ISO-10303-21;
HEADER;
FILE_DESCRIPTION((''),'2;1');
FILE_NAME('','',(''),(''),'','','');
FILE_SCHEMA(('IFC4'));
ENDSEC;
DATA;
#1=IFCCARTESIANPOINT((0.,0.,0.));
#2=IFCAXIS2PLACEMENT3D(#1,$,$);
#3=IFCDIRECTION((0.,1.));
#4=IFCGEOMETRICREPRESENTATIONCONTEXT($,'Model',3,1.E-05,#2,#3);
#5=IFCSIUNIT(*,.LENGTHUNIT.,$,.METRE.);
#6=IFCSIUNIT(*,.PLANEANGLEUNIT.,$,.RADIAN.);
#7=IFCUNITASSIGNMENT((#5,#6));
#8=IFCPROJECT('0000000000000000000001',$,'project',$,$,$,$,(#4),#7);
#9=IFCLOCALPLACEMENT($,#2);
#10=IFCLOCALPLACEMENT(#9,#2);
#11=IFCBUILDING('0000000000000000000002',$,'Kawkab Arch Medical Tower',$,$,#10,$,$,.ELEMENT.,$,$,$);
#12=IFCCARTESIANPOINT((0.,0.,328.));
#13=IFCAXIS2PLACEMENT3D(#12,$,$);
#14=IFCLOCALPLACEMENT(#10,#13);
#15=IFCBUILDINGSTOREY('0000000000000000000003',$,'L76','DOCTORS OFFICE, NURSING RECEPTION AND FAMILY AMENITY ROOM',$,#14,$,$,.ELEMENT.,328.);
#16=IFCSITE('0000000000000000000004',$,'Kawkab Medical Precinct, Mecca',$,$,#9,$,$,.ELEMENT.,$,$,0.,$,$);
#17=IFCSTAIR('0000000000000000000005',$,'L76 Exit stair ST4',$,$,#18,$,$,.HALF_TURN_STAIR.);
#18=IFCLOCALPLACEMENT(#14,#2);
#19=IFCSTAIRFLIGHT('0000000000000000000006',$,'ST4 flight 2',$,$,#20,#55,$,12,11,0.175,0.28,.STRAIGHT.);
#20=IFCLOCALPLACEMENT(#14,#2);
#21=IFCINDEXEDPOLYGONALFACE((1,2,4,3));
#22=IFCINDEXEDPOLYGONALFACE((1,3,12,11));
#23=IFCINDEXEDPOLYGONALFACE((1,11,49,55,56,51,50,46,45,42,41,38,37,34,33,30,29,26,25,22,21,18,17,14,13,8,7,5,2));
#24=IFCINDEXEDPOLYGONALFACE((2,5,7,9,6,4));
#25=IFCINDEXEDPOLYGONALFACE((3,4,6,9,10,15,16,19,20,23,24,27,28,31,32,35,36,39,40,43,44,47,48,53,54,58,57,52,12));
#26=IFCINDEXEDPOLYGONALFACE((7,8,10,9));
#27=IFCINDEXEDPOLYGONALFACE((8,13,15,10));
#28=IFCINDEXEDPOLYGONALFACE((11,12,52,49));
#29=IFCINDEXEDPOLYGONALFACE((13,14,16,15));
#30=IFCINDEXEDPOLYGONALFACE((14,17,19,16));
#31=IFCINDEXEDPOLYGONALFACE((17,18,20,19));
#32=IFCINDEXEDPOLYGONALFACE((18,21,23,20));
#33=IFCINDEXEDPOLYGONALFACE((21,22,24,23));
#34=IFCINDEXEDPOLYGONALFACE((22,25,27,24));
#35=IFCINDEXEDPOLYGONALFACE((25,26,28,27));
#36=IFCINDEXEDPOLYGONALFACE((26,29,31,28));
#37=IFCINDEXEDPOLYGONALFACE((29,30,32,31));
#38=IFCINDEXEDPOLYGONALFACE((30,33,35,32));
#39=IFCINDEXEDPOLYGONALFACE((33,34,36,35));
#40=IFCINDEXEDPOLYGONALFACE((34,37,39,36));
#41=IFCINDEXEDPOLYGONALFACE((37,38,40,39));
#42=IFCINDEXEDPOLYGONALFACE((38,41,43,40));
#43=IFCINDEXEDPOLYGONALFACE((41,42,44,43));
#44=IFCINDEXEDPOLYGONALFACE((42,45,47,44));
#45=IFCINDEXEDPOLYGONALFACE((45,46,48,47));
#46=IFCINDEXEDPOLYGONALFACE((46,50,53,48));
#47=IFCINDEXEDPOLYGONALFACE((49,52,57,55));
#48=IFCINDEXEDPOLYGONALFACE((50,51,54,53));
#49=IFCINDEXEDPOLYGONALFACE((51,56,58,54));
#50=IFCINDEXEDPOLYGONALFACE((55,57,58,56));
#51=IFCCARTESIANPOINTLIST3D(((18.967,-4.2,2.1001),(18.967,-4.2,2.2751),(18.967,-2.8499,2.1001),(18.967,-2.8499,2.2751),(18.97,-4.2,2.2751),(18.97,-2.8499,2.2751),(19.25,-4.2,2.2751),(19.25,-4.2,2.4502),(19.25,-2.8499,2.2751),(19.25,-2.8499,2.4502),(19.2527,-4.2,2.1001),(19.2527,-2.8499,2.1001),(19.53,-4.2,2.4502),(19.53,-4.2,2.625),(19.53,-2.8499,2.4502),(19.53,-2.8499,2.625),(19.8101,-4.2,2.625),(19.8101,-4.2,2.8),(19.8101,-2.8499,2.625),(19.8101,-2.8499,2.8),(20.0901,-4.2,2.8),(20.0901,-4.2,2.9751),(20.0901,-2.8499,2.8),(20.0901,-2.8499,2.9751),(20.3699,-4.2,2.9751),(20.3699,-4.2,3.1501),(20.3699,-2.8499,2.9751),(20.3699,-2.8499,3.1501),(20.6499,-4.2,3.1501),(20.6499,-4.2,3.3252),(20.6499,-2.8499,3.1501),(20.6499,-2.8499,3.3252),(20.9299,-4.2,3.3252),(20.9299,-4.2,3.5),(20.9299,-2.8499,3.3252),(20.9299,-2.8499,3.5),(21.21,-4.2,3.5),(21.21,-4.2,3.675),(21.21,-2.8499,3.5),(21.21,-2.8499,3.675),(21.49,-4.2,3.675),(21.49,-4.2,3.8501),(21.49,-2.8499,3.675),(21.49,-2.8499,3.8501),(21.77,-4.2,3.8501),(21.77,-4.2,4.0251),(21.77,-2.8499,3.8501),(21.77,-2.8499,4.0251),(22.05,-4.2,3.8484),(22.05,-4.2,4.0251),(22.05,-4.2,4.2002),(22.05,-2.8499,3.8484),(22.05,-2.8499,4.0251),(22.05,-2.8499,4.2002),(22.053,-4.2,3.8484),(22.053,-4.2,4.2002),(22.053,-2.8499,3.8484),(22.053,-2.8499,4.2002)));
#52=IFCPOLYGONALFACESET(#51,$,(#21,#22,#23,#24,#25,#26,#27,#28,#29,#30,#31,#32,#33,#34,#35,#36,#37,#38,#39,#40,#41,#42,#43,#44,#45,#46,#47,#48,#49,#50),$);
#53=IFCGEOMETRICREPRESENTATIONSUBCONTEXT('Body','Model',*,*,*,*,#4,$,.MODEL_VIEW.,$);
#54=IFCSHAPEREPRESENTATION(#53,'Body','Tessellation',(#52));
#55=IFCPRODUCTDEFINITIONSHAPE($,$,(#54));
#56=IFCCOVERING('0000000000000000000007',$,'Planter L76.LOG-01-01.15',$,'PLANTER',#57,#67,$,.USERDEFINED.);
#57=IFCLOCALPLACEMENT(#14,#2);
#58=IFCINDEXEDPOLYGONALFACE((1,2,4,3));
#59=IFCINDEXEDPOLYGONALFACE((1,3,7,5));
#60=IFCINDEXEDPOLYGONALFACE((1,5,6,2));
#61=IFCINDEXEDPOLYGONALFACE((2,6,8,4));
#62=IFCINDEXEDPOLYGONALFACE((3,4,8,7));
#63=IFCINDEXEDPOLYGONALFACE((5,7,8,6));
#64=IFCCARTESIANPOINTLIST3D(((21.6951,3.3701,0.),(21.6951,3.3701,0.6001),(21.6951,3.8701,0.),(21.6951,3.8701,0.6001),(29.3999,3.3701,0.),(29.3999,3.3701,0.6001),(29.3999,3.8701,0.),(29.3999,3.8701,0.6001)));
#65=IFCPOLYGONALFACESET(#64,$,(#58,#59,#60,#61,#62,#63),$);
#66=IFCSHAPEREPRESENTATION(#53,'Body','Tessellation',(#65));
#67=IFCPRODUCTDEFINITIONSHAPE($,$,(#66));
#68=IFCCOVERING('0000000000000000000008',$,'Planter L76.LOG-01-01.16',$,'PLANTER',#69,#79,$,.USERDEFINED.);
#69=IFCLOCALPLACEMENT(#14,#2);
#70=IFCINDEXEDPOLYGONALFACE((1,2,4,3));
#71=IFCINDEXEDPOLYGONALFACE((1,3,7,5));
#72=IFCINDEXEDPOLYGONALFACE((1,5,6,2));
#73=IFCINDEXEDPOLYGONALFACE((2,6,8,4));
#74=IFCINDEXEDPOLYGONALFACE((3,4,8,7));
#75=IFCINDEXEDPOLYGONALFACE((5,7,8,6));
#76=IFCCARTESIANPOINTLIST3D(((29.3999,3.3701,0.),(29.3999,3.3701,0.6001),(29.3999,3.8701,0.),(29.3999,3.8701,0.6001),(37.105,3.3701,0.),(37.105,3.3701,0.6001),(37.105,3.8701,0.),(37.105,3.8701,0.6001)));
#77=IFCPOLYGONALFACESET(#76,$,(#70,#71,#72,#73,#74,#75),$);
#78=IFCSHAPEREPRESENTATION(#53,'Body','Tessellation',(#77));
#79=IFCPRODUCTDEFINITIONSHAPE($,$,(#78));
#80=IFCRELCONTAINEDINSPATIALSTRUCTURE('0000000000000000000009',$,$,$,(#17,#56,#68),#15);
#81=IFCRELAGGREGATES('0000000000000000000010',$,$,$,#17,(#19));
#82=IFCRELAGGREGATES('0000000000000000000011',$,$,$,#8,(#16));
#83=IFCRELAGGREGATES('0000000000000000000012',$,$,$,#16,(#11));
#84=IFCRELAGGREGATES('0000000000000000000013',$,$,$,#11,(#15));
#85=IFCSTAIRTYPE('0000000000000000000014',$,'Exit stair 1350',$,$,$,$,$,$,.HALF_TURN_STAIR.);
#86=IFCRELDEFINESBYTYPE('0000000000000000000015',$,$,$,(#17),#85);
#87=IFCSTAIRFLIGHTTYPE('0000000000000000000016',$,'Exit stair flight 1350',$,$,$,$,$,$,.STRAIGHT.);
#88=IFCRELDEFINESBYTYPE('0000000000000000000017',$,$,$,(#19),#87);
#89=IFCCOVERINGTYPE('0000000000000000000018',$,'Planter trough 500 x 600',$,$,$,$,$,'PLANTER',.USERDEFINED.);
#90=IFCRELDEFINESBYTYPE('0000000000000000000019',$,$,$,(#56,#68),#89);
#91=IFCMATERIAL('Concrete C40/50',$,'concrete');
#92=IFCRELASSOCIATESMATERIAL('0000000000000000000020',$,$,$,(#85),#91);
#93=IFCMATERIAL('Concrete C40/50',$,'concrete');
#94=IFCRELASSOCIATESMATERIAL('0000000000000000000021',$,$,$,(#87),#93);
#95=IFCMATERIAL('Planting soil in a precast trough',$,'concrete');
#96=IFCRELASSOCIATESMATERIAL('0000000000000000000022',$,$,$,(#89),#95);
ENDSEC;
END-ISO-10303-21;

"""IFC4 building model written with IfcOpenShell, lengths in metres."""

from ifc_helpers import new_model, si_unit, direction, frame, origin, origin_2d, place, context, subcontext, project, spatial, polyline, rectangle, outline, extrude, material, material_profile, profile_set, type_object, element, aggregate, save


model = new_model("IFC4")

# Units and contexts
model_context = context("Model", 3, precision=1e-05, world=origin(), true_north=direction((0.0, 1.0)))
body_context = subcontext(model_context, "Body", "Model", "MODEL_VIEW")
ifc_project = project(units=[si_unit("LENGTHUNIT", "METRE"), si_unit("PLANEANGLEUNIT", "RADIAN")], contexts=[model_context])

# Site, building, storey
site_placement = place(None, origin())
site = spatial("IfcSite", under=ifc_project, at=site_placement, Name="Kawkab Medical Precinct, Mecca", CompositionType="ELEMENT", RefElevation=0.0)
building_placement = place(site_placement, origin())
building = spatial("IfcBuilding", under=site, at=building_placement, Name="Kawkab Arch Medical Tower", CompositionType="ELEMENT")
storey_placement = place(building_placement, frame((0.0, 0.0, 328.0)))
storey = spatial("IfcBuildingStorey", under=building, at=storey_placement, Name="L76", Description="DOCTORS OFFICE, NURSING RECEPTION AND FAMILY AMENITY ROOM", CompositionType="ELEMENT", Elevation=328.0)

# Shared definitions
placement = place(storey_placement, origin())

# Stair, stair flight
ifc_material_1 = material(Name="Concrete C40/50", Category="concrete")
stair_type = type_object("IfcStairType", Name="Exit stair 1350", PredefinedType="HALF_TURN_STAIR", material=ifc_material_1)
stair = element("IfcStair", 1, at=placement, inside=storey, type_object=stair_type, Name="L76 Exit stair ST4", PredefinedType="HALF_TURN_STAIR")
ifc_material_2 = material(Name="Concrete C40/50", Category="concrete")
stair_flight_type = type_object("IfcStairFlightType", Name="Exit stair flight 1350", PredefinedType="STRAIGHT", material=ifc_material_2)
stair_flight_1_placement = place(storey_placement, frame((18.97, -3.5249, 2.1001), z_axis=(0.0, 0.0, 1.0), x_axis=(1.0, 0.0, 0.0)))
stair_flight_1 = element("IfcStairFlight", 2, at=stair_flight_1_placement, type_object=stair_flight_type, Name="ST4 flight 2", NumberOfRisers=12, NumberOfTreads=11, PredefinedType="STRAIGHT", RiserHeight=0.175, TreadLength=0.28, context=body_context, shape_type="SweptSolid", body=[
    extrude(outline(polyline([(-0.0029, 0.0), (-0.0029, 0.175), (0.0, 0.175), (0.28, 0.175), (0.28, 0.3501), (0.5601, 0.3501), (0.5601, 0.5249), (0.8401, 0.5249), (0.8401, 0.7), (1.1201, 0.7), (1.1201, 0.875), (1.3999, 0.875), (1.3999, 1.05), (1.6799, 1.05), (1.6799, 1.2251), (1.96, 1.2251), (1.96, 1.3999), (2.24, 1.3999), (2.24, 1.575), (2.52, 1.575), (2.52, 1.75), (2.8, 1.75), (2.8, 1.925), (3.0801, 1.925), (3.0801, 2.1001), (3.083, 2.1001), (3.083, 1.7483), (3.0801, 1.7483), (0.2827, 0.0), (-0.0029, 0.0)])), frame((0.0, 0.675, 0.0), z_axis=(0.0, -1.0, 0.0), x_axis=(1.0, 0.0, 0.0)), (0.0, 0.0, 1.0), 1.3501),
])
aggregate(stair, [stair_flight_1])

# Coverings
ifc_material_3 = material(Name="Planting soil in a precast trough", Category="concrete")
ifc_material_profile_1 = material_profile(ifc_material_3, rectangle(XDim=0.5, YDim=0.6001, at=origin_2d()), Name="Trough 500x600")
ifc_profile_set_1 = profile_set([ifc_material_profile_1], Name="Planting soil in a precast trough")
covering_type = type_object("IfcCoveringType", Name="Planter trough 500 x 600", ElementType="PLANTER", PredefinedType="USERDEFINED", material=ifc_profile_set_1)
covering_1_placement = place(storey_placement, frame((21.6951, 3.6201, 0.3), z_axis=(1.0, 0.0, 0.0), x_axis=(0.0, 1.0, 0.0)))
element("IfcCovering", 3, at=covering_1_placement, inside=storey, type_object=covering_type, Name="Planter L76.LOG-01-01.15", ObjectType="PLANTER", PredefinedType="USERDEFINED", context=body_context, shape_type="SweptSolid", body=[
    extrude(rectangle(XDim=0.5, YDim=0.6001, at=origin_2d()), origin(), (0.0, 0.0, 1.0), 7.7048),
])
covering_2_placement = place(storey_placement, frame((29.3999, 3.6201, 0.3), z_axis=(1.0, 0.0, 0.0), x_axis=(0.0, 1.0, 0.0)))
element("IfcCovering", 4, at=covering_2_placement, inside=storey, type_object=covering_type, Name="Planter L76.LOG-01-01.16", ObjectType="PLANTER", PredefinedType="USERDEFINED", context=body_context, shape_type="SweptSolid", body=[
    extrude(rectangle(XDim=0.5, YDim=0.6001, at=origin_2d()), origin(), (0.0, 0.0, 1.0), 7.7051),
])

save(model, "model.ifc")
